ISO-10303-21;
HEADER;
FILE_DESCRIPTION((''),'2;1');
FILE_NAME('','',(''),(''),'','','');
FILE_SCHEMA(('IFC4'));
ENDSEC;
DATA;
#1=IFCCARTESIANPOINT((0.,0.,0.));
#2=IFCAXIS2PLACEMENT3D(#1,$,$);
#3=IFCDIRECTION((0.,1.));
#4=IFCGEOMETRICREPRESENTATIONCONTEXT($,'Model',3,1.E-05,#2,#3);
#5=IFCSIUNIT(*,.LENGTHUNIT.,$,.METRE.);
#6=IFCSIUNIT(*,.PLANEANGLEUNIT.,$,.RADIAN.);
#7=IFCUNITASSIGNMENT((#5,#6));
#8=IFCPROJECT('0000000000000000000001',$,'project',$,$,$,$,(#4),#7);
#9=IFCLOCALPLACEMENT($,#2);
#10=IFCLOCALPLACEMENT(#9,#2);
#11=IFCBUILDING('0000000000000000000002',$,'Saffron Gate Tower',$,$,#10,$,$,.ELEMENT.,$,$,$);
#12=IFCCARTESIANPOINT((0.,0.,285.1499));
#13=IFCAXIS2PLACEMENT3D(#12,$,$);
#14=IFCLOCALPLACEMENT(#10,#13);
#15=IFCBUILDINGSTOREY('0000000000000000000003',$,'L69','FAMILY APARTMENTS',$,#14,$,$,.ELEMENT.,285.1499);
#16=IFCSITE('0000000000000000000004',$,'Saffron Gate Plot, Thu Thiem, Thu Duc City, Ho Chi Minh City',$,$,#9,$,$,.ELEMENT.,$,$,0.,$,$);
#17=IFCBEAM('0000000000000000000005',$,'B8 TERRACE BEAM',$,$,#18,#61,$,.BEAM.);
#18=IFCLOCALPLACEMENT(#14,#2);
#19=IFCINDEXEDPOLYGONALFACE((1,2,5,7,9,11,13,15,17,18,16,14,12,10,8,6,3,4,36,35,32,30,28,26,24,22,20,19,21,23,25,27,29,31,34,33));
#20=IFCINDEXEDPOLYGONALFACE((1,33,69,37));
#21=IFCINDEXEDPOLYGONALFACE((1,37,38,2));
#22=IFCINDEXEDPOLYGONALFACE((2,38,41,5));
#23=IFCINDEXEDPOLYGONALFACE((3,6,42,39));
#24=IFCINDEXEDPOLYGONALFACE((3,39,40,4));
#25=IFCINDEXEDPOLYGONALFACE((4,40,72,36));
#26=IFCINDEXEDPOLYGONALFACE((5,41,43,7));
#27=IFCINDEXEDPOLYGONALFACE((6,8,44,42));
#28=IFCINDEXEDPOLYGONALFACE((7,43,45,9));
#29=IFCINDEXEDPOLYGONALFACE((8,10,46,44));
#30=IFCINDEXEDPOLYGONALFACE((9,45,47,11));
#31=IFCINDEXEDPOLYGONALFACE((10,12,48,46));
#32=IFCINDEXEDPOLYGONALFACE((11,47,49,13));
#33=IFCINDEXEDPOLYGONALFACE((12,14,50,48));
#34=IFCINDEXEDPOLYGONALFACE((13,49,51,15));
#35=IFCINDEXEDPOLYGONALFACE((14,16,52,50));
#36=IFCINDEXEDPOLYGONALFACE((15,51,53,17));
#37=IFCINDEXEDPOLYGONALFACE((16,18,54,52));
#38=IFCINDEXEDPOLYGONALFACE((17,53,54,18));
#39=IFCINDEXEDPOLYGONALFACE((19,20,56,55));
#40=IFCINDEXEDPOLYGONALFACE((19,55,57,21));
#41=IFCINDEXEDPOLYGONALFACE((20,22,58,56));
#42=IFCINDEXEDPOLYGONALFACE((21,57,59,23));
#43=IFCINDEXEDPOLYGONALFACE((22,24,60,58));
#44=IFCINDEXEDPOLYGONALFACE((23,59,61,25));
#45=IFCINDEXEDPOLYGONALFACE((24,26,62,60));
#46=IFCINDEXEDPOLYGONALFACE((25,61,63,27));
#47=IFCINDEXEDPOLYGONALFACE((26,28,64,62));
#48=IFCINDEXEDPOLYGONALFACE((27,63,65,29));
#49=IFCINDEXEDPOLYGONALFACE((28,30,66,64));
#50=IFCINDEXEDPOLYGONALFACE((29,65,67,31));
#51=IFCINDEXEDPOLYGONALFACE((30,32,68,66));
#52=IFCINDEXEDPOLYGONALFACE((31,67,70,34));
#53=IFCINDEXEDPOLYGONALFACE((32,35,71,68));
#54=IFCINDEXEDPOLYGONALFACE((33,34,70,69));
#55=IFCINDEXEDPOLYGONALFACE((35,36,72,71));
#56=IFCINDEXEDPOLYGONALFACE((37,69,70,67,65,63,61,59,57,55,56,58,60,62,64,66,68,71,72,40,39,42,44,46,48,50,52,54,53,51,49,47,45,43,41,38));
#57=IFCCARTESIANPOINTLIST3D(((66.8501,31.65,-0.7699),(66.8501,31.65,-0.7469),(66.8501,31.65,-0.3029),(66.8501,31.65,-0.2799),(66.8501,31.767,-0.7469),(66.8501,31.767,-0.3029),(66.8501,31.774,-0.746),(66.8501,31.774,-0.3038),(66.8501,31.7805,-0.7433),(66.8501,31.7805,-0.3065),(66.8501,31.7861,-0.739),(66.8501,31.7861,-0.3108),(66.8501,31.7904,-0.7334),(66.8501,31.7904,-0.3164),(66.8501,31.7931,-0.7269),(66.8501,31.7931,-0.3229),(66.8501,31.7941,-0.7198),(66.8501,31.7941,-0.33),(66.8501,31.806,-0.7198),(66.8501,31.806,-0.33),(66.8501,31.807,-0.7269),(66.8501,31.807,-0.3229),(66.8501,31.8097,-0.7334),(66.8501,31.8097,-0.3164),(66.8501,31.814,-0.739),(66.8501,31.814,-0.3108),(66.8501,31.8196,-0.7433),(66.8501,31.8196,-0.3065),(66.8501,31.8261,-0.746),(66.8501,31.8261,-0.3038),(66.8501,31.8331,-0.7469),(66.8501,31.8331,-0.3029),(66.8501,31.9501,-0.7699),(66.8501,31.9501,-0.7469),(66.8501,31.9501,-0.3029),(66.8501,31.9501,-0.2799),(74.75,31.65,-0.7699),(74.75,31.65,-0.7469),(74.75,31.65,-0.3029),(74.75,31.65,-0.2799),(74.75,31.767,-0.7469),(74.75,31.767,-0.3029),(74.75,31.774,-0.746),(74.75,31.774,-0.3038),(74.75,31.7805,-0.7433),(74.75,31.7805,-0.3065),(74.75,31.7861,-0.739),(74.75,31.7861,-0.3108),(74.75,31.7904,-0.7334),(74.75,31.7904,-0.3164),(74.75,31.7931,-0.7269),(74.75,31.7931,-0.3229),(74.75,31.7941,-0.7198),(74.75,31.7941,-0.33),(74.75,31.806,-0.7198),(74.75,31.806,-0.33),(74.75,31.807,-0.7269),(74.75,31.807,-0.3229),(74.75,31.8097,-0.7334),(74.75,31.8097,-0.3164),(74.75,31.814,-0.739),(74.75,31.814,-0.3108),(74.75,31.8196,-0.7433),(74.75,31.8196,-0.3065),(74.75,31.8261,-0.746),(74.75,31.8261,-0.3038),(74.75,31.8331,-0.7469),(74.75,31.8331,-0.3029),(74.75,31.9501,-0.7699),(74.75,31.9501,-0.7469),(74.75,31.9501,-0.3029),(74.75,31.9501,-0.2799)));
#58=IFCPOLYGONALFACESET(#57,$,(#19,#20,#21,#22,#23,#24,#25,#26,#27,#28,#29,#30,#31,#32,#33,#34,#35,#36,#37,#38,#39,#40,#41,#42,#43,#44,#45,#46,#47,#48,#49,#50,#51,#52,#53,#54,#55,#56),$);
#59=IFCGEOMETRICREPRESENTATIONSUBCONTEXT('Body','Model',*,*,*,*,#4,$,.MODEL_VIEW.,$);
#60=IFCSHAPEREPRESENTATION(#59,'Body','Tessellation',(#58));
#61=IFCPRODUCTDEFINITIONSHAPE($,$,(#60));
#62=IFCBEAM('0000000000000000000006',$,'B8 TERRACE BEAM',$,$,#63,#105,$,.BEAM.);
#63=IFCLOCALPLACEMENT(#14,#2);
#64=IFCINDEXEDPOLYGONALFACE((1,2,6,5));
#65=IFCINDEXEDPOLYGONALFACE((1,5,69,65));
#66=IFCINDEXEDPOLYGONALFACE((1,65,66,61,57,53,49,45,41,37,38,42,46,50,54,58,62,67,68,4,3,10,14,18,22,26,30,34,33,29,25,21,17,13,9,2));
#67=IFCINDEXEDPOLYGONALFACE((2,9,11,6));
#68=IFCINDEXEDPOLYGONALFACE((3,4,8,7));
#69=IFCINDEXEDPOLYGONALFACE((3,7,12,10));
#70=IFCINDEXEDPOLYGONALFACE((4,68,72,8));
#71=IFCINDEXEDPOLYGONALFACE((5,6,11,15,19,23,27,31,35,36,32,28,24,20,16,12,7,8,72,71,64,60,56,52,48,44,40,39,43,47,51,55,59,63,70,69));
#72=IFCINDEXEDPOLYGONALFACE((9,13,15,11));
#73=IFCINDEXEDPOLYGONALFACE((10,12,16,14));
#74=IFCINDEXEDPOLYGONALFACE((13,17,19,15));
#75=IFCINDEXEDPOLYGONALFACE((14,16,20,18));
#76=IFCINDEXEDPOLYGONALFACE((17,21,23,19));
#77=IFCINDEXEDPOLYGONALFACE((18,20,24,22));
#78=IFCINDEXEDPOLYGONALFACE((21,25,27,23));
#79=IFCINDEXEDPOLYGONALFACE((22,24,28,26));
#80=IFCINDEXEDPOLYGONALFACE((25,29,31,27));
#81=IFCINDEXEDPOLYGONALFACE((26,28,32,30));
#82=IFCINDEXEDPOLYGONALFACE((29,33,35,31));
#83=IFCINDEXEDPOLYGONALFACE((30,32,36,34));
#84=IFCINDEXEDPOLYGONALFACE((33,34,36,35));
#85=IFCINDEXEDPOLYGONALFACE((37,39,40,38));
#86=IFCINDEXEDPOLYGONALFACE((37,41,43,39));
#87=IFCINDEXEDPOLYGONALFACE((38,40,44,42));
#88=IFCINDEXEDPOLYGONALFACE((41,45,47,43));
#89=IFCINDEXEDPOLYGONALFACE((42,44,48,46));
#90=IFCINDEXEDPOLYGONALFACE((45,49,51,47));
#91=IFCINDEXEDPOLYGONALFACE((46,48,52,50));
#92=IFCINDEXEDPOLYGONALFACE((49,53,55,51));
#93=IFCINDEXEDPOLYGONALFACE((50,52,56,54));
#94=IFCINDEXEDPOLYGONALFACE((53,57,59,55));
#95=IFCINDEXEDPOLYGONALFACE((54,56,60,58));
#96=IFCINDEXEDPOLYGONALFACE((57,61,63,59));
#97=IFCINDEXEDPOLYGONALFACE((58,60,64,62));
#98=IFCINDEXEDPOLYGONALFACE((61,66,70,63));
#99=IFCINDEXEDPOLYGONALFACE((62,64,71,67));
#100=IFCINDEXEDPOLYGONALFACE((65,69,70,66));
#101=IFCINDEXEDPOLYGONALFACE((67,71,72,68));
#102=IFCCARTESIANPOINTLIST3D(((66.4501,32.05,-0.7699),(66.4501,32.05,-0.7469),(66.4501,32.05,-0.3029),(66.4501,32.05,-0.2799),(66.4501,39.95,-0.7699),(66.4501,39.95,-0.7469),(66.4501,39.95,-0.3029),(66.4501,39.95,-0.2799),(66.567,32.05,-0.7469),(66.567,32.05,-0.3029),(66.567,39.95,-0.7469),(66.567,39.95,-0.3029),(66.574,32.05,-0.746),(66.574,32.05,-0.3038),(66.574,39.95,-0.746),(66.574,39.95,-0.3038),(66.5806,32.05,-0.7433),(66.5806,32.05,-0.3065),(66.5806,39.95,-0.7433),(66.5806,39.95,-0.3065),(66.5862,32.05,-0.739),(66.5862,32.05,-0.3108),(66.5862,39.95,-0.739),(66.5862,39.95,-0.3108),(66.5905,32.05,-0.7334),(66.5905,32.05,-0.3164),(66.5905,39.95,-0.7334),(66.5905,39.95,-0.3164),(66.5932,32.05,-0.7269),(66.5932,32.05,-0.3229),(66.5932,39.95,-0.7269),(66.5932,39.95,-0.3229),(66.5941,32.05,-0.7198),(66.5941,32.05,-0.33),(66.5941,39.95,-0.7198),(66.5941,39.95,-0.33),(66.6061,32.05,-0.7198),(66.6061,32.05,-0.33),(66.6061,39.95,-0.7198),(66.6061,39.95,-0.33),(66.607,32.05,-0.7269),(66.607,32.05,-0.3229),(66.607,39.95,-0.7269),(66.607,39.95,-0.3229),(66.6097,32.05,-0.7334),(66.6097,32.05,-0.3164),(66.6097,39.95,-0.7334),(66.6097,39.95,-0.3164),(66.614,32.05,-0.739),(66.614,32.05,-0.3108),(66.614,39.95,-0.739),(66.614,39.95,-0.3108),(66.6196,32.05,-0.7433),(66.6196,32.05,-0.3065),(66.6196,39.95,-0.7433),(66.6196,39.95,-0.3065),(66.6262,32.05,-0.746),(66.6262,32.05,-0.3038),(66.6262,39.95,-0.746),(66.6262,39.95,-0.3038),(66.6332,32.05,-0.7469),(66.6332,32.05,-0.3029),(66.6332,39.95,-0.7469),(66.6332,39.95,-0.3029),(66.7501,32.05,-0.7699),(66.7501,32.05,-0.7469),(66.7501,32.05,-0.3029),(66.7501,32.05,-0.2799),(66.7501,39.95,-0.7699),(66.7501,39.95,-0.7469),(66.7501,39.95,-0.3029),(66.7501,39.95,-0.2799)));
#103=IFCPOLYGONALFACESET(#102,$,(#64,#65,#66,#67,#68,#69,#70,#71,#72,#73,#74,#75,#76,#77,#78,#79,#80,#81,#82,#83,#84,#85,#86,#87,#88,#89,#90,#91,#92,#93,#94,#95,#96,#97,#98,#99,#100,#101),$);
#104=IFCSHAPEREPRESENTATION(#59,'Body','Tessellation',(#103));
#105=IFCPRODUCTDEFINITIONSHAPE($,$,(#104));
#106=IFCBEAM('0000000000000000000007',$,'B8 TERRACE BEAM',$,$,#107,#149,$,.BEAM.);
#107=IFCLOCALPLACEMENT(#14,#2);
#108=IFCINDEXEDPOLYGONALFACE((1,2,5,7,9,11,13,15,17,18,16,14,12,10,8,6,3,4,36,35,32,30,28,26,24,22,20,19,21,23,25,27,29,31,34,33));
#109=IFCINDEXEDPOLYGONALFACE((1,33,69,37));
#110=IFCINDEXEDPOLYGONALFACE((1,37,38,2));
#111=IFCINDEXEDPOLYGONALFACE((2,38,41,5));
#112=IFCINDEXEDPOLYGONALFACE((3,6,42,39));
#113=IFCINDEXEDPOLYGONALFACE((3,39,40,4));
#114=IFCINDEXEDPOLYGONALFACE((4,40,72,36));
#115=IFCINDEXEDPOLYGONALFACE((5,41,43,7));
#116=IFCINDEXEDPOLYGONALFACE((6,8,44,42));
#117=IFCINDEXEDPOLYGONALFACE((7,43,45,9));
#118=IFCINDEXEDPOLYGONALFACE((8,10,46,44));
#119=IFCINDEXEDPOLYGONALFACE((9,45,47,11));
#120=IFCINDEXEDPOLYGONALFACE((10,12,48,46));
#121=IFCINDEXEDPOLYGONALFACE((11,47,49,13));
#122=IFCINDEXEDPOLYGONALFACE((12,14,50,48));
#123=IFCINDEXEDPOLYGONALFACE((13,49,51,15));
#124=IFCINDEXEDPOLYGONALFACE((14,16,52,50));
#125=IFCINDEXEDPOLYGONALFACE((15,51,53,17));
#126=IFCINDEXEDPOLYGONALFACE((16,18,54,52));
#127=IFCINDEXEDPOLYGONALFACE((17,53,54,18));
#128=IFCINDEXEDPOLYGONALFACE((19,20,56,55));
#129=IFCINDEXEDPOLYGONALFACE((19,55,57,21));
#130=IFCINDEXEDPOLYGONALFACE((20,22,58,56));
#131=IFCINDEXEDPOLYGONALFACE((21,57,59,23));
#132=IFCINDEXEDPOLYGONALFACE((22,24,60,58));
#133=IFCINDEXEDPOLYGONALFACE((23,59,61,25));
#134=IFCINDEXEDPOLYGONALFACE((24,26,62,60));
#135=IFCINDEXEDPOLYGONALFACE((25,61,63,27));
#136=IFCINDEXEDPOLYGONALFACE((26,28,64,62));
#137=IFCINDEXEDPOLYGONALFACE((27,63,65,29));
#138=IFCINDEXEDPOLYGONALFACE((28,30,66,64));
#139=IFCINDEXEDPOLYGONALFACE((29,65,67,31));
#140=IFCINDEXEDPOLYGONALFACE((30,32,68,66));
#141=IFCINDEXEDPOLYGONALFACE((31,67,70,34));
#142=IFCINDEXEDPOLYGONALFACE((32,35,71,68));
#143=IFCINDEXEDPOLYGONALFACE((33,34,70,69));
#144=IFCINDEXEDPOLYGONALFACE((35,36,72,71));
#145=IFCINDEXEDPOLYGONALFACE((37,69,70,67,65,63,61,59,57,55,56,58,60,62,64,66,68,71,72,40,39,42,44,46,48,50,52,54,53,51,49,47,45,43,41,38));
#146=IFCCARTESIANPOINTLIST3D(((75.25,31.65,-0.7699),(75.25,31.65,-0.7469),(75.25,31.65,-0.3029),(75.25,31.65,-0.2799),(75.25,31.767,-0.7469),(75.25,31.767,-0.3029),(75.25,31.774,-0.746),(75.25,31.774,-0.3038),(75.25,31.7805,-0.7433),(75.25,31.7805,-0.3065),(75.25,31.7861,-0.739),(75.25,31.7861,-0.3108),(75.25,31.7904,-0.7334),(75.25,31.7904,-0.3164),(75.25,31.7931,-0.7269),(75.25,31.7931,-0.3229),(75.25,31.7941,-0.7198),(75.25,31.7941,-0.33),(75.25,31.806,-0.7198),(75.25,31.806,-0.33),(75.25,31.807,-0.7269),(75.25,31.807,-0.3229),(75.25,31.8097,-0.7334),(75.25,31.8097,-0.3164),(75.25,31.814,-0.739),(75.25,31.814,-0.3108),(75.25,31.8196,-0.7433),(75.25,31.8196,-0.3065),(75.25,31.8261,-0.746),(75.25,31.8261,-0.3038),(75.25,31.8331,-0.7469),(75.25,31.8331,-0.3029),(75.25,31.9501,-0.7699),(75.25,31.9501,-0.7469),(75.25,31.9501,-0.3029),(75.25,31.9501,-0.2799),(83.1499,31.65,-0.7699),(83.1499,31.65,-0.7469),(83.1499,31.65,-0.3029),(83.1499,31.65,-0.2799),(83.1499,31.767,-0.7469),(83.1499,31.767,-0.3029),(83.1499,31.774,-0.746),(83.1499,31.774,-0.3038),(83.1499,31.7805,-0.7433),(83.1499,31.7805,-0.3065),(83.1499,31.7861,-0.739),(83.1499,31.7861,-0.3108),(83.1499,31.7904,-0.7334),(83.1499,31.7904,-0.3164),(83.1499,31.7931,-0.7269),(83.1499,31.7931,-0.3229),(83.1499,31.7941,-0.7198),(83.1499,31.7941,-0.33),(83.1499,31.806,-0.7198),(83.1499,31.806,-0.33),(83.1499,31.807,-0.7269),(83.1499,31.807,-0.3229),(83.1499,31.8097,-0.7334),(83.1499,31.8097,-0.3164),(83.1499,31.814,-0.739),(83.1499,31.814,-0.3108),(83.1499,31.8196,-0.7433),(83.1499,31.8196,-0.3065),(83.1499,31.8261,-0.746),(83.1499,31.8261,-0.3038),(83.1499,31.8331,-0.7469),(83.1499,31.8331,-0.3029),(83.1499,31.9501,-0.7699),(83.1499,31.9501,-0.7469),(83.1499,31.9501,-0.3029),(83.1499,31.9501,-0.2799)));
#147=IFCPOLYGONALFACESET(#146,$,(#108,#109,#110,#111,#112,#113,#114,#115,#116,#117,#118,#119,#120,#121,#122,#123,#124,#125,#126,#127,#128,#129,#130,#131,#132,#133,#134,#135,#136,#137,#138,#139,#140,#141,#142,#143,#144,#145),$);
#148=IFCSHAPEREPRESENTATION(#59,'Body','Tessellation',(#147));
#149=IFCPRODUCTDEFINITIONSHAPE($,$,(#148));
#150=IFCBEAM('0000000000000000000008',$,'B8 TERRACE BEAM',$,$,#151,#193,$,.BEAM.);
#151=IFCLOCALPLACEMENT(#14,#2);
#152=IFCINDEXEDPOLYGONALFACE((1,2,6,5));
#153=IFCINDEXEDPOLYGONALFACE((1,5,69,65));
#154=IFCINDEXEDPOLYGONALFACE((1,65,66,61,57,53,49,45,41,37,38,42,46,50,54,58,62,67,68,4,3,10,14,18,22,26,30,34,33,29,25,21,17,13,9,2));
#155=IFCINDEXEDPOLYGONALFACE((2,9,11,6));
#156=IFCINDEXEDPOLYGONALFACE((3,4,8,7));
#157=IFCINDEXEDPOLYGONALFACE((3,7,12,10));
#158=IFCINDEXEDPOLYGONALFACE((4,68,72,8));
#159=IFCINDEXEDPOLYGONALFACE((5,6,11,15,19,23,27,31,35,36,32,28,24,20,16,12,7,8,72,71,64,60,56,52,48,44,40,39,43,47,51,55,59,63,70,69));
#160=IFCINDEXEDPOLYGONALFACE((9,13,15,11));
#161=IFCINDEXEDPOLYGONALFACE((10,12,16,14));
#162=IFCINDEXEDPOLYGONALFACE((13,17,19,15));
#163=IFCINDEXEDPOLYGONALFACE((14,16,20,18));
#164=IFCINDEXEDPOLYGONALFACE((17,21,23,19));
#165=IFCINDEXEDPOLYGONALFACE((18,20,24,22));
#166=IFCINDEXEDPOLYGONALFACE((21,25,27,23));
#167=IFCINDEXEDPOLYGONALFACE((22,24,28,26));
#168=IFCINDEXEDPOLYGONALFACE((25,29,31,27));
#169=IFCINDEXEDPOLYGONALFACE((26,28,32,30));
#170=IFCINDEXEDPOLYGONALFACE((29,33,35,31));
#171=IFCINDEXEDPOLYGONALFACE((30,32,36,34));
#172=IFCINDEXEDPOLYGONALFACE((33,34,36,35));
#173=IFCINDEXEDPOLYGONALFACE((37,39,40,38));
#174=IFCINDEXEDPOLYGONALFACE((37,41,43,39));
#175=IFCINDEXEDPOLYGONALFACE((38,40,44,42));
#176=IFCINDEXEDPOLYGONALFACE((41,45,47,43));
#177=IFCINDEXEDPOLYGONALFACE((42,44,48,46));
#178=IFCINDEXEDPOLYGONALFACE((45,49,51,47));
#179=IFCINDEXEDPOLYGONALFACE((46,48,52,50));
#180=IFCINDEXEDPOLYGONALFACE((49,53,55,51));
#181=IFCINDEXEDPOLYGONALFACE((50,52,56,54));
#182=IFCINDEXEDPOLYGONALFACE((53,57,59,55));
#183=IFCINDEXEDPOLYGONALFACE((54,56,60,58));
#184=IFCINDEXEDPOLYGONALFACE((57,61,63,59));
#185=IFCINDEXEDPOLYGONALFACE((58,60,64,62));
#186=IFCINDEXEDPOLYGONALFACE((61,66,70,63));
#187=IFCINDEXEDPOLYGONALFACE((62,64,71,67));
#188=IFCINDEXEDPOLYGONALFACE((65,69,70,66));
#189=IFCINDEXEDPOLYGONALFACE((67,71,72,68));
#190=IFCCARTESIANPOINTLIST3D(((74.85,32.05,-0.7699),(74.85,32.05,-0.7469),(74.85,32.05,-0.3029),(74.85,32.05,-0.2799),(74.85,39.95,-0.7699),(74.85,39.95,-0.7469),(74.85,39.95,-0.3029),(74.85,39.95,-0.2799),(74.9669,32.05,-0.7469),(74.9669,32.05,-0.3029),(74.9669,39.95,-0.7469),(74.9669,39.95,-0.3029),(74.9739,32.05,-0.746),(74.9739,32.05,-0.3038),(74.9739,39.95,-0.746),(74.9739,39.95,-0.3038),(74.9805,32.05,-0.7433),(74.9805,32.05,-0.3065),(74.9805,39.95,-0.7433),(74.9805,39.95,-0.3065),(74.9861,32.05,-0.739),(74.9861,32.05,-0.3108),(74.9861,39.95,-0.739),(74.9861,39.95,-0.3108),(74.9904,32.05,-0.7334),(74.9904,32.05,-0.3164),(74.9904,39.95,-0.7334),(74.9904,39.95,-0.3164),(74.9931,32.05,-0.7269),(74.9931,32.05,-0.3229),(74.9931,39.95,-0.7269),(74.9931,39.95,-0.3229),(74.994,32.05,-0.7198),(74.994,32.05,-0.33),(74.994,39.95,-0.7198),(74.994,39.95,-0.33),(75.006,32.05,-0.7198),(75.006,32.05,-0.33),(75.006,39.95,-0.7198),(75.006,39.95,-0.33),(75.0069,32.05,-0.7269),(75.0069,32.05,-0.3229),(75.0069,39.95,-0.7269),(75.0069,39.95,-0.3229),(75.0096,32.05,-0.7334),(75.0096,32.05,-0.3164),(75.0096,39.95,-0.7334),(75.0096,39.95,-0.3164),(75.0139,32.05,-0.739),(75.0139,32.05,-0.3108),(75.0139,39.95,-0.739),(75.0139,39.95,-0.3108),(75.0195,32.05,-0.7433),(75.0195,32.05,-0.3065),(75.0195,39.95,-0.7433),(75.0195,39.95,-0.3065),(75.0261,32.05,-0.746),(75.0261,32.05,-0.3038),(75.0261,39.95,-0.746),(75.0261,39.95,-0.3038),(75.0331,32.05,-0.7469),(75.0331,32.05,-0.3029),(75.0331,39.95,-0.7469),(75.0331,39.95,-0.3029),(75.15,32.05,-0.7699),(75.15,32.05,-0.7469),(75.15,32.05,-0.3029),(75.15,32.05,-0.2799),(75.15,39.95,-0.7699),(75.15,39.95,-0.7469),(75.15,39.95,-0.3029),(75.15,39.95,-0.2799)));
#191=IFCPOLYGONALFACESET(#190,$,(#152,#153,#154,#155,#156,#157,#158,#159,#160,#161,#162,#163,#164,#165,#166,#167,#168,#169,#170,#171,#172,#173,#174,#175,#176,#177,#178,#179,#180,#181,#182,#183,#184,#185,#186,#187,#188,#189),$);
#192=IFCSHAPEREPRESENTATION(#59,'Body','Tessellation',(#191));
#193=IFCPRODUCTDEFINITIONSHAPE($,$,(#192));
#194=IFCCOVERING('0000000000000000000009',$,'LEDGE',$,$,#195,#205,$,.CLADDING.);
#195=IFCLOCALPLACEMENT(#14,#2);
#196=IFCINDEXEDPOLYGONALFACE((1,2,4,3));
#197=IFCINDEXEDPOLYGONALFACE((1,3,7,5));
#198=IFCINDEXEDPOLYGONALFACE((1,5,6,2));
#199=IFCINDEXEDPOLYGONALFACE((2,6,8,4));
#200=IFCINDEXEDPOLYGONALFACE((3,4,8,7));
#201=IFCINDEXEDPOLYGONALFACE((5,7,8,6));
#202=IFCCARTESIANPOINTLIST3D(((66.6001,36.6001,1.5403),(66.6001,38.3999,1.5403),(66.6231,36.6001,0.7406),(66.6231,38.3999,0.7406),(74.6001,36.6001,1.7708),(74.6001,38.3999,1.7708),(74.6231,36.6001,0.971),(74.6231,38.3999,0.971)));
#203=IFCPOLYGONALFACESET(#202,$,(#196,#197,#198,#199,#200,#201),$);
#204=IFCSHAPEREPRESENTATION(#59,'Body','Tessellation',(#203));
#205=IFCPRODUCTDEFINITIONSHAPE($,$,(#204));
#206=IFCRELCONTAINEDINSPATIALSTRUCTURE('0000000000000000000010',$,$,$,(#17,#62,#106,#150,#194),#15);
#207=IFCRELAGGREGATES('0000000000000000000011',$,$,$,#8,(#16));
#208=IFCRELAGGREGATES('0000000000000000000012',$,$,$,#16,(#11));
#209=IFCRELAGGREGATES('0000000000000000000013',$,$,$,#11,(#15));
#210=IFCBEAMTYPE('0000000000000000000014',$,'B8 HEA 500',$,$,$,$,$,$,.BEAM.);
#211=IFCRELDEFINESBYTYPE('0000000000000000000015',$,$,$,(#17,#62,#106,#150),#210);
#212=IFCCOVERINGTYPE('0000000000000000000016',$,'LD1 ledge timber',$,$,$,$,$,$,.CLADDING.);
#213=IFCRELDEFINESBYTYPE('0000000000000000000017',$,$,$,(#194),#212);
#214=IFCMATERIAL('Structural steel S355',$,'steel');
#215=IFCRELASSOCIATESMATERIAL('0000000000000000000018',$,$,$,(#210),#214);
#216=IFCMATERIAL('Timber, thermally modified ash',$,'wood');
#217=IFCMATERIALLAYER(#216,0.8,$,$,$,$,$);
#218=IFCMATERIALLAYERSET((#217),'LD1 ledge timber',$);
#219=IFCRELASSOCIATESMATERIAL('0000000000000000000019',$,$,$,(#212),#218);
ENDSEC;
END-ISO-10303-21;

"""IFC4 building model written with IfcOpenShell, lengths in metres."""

from ifc_helpers import new_model, si_unit, direction, frame, origin, origin_2d, place, context, subcontext, project, spatial, polyline, i_section, outline, extrude, material, layer, layer_set, material_profile, profile_set, type_object, element, save


model = new_model("IFC4")

# Units and contexts
model_context = context("Model", 3, precision=1e-05, world=origin(), true_north=direction((0.0, 1.0)))
body_context = subcontext(model_context, "Body", "Model", "MODEL_VIEW")
ifc_project = project(units=[si_unit("LENGTHUNIT", "METRE"), si_unit("PLANEANGLEUNIT", "RADIAN")], contexts=[model_context])

# Site, building, storey
site_placement = place(None, origin())
site = spatial("IfcSite", under=ifc_project, at=site_placement, Name="Saffron Gate Plot, Thu Thiem, Thu Duc City, Ho Chi Minh City", CompositionType="ELEMENT", RefElevation=0.0)
building_placement = place(site_placement, origin())
building = spatial("IfcBuilding", under=site, at=building_placement, Name="Saffron Gate Tower", CompositionType="ELEMENT")
storey_placement = place(building_placement, frame((0.0, 0.0, 285.1499)))
storey = spatial("IfcBuildingStorey", under=building, at=storey_placement, Name="L69", Description="FAMILY APARTMENTS", CompositionType="ELEMENT", Elevation=285.1499)

# Beams
ifc_material_1 = material(Name="Structural steel S355", Category="steel")
ifc_material_profile = material_profile(ifc_material_1, i_section(OverallWidth=0.3, OverallDepth=0.49, WebThickness=0.012, FlangeThickness=0.0229, FilletRadius=0.0271, at=origin_2d()))
ifc_profile_set = profile_set([ifc_material_profile], Name="Structural steel S355")
beam_type = type_object("IfcBeamType", Name="B8 HEA 500", PredefinedType="BEAM", material=ifc_profile_set)
for number, where, z_axis, x_axis, name in (
    (1, (66.8501, 31.8, -0.5249), (1.0, 0.0, 0.0), (0.0, 1.0, 0.0), "B8 TERRACE BEAM"),
    (2, (66.6001, 32.05, -0.5249), (0.0, 1.0, 0.0), (-1.0, 0.0, 0.0), "B8 TERRACE BEAM"),
    (3, (75.25, 31.8, -0.5249), (1.0, 0.0, 0.0), (0.0, 1.0, 0.0), "B8 TERRACE BEAM"),
    (4, (75.0, 32.05, -0.5249), (0.0, 1.0, 0.0), (-1.0, 0.0, 0.0), "B8 TERRACE BEAM"),
):
    element("IfcBeam", number, at=place(storey_placement, frame(where, z_axis=z_axis, x_axis=x_axis)), inside=storey, type_object=beam_type, Name=name, PredefinedType="BEAM", context=body_context, shape_type="SweptSolid", body=[
        extrude(i_section(OverallWidth=0.3, OverallDepth=0.49, WebThickness=0.012, FlangeThickness=0.0229, FilletRadius=0.0271, at=origin_2d()), origin(), (0.0, 0.0, 1.0), 7.8999),
    ])

# Covering
ifc_material_2 = material(Name="Timber, thermally modified ash", Category="wood")
ifc_layer_1 = layer(ifc_material_2, 0.8)
ifc_layer_set_1 = layer_set([ifc_layer_1], Name="LD1 ledge timber")
covering_type_1 = type_object("IfcCoveringType", Name="LD1 ledge timber", PredefinedType="CLADDING", material=ifc_layer_set_1)
covering_1_placement = place(storey_placement, frame((66.6001, 38.3999, 1.5403), z_axis=(-0.028797, 0.0, 0.999585), x_axis=(0.999585, 0.0, 0.028797)))
element("IfcCovering", 5, at=covering_1_placement, inside=storey, type_object=covering_type_1, Name="LEDGE", PredefinedType="CLADDING", context=body_context, shape_type="SweptSolid", body=[
    extrude(outline(polyline([(0.0, 0.0), (8.0033, 0.0), (8.0033, -1.7998), (0.0, -1.7998), (0.0, 0.0)])), origin(), (0.0, 0.0, -1.0), 0.8),
])

save(model, "model.ifc")
